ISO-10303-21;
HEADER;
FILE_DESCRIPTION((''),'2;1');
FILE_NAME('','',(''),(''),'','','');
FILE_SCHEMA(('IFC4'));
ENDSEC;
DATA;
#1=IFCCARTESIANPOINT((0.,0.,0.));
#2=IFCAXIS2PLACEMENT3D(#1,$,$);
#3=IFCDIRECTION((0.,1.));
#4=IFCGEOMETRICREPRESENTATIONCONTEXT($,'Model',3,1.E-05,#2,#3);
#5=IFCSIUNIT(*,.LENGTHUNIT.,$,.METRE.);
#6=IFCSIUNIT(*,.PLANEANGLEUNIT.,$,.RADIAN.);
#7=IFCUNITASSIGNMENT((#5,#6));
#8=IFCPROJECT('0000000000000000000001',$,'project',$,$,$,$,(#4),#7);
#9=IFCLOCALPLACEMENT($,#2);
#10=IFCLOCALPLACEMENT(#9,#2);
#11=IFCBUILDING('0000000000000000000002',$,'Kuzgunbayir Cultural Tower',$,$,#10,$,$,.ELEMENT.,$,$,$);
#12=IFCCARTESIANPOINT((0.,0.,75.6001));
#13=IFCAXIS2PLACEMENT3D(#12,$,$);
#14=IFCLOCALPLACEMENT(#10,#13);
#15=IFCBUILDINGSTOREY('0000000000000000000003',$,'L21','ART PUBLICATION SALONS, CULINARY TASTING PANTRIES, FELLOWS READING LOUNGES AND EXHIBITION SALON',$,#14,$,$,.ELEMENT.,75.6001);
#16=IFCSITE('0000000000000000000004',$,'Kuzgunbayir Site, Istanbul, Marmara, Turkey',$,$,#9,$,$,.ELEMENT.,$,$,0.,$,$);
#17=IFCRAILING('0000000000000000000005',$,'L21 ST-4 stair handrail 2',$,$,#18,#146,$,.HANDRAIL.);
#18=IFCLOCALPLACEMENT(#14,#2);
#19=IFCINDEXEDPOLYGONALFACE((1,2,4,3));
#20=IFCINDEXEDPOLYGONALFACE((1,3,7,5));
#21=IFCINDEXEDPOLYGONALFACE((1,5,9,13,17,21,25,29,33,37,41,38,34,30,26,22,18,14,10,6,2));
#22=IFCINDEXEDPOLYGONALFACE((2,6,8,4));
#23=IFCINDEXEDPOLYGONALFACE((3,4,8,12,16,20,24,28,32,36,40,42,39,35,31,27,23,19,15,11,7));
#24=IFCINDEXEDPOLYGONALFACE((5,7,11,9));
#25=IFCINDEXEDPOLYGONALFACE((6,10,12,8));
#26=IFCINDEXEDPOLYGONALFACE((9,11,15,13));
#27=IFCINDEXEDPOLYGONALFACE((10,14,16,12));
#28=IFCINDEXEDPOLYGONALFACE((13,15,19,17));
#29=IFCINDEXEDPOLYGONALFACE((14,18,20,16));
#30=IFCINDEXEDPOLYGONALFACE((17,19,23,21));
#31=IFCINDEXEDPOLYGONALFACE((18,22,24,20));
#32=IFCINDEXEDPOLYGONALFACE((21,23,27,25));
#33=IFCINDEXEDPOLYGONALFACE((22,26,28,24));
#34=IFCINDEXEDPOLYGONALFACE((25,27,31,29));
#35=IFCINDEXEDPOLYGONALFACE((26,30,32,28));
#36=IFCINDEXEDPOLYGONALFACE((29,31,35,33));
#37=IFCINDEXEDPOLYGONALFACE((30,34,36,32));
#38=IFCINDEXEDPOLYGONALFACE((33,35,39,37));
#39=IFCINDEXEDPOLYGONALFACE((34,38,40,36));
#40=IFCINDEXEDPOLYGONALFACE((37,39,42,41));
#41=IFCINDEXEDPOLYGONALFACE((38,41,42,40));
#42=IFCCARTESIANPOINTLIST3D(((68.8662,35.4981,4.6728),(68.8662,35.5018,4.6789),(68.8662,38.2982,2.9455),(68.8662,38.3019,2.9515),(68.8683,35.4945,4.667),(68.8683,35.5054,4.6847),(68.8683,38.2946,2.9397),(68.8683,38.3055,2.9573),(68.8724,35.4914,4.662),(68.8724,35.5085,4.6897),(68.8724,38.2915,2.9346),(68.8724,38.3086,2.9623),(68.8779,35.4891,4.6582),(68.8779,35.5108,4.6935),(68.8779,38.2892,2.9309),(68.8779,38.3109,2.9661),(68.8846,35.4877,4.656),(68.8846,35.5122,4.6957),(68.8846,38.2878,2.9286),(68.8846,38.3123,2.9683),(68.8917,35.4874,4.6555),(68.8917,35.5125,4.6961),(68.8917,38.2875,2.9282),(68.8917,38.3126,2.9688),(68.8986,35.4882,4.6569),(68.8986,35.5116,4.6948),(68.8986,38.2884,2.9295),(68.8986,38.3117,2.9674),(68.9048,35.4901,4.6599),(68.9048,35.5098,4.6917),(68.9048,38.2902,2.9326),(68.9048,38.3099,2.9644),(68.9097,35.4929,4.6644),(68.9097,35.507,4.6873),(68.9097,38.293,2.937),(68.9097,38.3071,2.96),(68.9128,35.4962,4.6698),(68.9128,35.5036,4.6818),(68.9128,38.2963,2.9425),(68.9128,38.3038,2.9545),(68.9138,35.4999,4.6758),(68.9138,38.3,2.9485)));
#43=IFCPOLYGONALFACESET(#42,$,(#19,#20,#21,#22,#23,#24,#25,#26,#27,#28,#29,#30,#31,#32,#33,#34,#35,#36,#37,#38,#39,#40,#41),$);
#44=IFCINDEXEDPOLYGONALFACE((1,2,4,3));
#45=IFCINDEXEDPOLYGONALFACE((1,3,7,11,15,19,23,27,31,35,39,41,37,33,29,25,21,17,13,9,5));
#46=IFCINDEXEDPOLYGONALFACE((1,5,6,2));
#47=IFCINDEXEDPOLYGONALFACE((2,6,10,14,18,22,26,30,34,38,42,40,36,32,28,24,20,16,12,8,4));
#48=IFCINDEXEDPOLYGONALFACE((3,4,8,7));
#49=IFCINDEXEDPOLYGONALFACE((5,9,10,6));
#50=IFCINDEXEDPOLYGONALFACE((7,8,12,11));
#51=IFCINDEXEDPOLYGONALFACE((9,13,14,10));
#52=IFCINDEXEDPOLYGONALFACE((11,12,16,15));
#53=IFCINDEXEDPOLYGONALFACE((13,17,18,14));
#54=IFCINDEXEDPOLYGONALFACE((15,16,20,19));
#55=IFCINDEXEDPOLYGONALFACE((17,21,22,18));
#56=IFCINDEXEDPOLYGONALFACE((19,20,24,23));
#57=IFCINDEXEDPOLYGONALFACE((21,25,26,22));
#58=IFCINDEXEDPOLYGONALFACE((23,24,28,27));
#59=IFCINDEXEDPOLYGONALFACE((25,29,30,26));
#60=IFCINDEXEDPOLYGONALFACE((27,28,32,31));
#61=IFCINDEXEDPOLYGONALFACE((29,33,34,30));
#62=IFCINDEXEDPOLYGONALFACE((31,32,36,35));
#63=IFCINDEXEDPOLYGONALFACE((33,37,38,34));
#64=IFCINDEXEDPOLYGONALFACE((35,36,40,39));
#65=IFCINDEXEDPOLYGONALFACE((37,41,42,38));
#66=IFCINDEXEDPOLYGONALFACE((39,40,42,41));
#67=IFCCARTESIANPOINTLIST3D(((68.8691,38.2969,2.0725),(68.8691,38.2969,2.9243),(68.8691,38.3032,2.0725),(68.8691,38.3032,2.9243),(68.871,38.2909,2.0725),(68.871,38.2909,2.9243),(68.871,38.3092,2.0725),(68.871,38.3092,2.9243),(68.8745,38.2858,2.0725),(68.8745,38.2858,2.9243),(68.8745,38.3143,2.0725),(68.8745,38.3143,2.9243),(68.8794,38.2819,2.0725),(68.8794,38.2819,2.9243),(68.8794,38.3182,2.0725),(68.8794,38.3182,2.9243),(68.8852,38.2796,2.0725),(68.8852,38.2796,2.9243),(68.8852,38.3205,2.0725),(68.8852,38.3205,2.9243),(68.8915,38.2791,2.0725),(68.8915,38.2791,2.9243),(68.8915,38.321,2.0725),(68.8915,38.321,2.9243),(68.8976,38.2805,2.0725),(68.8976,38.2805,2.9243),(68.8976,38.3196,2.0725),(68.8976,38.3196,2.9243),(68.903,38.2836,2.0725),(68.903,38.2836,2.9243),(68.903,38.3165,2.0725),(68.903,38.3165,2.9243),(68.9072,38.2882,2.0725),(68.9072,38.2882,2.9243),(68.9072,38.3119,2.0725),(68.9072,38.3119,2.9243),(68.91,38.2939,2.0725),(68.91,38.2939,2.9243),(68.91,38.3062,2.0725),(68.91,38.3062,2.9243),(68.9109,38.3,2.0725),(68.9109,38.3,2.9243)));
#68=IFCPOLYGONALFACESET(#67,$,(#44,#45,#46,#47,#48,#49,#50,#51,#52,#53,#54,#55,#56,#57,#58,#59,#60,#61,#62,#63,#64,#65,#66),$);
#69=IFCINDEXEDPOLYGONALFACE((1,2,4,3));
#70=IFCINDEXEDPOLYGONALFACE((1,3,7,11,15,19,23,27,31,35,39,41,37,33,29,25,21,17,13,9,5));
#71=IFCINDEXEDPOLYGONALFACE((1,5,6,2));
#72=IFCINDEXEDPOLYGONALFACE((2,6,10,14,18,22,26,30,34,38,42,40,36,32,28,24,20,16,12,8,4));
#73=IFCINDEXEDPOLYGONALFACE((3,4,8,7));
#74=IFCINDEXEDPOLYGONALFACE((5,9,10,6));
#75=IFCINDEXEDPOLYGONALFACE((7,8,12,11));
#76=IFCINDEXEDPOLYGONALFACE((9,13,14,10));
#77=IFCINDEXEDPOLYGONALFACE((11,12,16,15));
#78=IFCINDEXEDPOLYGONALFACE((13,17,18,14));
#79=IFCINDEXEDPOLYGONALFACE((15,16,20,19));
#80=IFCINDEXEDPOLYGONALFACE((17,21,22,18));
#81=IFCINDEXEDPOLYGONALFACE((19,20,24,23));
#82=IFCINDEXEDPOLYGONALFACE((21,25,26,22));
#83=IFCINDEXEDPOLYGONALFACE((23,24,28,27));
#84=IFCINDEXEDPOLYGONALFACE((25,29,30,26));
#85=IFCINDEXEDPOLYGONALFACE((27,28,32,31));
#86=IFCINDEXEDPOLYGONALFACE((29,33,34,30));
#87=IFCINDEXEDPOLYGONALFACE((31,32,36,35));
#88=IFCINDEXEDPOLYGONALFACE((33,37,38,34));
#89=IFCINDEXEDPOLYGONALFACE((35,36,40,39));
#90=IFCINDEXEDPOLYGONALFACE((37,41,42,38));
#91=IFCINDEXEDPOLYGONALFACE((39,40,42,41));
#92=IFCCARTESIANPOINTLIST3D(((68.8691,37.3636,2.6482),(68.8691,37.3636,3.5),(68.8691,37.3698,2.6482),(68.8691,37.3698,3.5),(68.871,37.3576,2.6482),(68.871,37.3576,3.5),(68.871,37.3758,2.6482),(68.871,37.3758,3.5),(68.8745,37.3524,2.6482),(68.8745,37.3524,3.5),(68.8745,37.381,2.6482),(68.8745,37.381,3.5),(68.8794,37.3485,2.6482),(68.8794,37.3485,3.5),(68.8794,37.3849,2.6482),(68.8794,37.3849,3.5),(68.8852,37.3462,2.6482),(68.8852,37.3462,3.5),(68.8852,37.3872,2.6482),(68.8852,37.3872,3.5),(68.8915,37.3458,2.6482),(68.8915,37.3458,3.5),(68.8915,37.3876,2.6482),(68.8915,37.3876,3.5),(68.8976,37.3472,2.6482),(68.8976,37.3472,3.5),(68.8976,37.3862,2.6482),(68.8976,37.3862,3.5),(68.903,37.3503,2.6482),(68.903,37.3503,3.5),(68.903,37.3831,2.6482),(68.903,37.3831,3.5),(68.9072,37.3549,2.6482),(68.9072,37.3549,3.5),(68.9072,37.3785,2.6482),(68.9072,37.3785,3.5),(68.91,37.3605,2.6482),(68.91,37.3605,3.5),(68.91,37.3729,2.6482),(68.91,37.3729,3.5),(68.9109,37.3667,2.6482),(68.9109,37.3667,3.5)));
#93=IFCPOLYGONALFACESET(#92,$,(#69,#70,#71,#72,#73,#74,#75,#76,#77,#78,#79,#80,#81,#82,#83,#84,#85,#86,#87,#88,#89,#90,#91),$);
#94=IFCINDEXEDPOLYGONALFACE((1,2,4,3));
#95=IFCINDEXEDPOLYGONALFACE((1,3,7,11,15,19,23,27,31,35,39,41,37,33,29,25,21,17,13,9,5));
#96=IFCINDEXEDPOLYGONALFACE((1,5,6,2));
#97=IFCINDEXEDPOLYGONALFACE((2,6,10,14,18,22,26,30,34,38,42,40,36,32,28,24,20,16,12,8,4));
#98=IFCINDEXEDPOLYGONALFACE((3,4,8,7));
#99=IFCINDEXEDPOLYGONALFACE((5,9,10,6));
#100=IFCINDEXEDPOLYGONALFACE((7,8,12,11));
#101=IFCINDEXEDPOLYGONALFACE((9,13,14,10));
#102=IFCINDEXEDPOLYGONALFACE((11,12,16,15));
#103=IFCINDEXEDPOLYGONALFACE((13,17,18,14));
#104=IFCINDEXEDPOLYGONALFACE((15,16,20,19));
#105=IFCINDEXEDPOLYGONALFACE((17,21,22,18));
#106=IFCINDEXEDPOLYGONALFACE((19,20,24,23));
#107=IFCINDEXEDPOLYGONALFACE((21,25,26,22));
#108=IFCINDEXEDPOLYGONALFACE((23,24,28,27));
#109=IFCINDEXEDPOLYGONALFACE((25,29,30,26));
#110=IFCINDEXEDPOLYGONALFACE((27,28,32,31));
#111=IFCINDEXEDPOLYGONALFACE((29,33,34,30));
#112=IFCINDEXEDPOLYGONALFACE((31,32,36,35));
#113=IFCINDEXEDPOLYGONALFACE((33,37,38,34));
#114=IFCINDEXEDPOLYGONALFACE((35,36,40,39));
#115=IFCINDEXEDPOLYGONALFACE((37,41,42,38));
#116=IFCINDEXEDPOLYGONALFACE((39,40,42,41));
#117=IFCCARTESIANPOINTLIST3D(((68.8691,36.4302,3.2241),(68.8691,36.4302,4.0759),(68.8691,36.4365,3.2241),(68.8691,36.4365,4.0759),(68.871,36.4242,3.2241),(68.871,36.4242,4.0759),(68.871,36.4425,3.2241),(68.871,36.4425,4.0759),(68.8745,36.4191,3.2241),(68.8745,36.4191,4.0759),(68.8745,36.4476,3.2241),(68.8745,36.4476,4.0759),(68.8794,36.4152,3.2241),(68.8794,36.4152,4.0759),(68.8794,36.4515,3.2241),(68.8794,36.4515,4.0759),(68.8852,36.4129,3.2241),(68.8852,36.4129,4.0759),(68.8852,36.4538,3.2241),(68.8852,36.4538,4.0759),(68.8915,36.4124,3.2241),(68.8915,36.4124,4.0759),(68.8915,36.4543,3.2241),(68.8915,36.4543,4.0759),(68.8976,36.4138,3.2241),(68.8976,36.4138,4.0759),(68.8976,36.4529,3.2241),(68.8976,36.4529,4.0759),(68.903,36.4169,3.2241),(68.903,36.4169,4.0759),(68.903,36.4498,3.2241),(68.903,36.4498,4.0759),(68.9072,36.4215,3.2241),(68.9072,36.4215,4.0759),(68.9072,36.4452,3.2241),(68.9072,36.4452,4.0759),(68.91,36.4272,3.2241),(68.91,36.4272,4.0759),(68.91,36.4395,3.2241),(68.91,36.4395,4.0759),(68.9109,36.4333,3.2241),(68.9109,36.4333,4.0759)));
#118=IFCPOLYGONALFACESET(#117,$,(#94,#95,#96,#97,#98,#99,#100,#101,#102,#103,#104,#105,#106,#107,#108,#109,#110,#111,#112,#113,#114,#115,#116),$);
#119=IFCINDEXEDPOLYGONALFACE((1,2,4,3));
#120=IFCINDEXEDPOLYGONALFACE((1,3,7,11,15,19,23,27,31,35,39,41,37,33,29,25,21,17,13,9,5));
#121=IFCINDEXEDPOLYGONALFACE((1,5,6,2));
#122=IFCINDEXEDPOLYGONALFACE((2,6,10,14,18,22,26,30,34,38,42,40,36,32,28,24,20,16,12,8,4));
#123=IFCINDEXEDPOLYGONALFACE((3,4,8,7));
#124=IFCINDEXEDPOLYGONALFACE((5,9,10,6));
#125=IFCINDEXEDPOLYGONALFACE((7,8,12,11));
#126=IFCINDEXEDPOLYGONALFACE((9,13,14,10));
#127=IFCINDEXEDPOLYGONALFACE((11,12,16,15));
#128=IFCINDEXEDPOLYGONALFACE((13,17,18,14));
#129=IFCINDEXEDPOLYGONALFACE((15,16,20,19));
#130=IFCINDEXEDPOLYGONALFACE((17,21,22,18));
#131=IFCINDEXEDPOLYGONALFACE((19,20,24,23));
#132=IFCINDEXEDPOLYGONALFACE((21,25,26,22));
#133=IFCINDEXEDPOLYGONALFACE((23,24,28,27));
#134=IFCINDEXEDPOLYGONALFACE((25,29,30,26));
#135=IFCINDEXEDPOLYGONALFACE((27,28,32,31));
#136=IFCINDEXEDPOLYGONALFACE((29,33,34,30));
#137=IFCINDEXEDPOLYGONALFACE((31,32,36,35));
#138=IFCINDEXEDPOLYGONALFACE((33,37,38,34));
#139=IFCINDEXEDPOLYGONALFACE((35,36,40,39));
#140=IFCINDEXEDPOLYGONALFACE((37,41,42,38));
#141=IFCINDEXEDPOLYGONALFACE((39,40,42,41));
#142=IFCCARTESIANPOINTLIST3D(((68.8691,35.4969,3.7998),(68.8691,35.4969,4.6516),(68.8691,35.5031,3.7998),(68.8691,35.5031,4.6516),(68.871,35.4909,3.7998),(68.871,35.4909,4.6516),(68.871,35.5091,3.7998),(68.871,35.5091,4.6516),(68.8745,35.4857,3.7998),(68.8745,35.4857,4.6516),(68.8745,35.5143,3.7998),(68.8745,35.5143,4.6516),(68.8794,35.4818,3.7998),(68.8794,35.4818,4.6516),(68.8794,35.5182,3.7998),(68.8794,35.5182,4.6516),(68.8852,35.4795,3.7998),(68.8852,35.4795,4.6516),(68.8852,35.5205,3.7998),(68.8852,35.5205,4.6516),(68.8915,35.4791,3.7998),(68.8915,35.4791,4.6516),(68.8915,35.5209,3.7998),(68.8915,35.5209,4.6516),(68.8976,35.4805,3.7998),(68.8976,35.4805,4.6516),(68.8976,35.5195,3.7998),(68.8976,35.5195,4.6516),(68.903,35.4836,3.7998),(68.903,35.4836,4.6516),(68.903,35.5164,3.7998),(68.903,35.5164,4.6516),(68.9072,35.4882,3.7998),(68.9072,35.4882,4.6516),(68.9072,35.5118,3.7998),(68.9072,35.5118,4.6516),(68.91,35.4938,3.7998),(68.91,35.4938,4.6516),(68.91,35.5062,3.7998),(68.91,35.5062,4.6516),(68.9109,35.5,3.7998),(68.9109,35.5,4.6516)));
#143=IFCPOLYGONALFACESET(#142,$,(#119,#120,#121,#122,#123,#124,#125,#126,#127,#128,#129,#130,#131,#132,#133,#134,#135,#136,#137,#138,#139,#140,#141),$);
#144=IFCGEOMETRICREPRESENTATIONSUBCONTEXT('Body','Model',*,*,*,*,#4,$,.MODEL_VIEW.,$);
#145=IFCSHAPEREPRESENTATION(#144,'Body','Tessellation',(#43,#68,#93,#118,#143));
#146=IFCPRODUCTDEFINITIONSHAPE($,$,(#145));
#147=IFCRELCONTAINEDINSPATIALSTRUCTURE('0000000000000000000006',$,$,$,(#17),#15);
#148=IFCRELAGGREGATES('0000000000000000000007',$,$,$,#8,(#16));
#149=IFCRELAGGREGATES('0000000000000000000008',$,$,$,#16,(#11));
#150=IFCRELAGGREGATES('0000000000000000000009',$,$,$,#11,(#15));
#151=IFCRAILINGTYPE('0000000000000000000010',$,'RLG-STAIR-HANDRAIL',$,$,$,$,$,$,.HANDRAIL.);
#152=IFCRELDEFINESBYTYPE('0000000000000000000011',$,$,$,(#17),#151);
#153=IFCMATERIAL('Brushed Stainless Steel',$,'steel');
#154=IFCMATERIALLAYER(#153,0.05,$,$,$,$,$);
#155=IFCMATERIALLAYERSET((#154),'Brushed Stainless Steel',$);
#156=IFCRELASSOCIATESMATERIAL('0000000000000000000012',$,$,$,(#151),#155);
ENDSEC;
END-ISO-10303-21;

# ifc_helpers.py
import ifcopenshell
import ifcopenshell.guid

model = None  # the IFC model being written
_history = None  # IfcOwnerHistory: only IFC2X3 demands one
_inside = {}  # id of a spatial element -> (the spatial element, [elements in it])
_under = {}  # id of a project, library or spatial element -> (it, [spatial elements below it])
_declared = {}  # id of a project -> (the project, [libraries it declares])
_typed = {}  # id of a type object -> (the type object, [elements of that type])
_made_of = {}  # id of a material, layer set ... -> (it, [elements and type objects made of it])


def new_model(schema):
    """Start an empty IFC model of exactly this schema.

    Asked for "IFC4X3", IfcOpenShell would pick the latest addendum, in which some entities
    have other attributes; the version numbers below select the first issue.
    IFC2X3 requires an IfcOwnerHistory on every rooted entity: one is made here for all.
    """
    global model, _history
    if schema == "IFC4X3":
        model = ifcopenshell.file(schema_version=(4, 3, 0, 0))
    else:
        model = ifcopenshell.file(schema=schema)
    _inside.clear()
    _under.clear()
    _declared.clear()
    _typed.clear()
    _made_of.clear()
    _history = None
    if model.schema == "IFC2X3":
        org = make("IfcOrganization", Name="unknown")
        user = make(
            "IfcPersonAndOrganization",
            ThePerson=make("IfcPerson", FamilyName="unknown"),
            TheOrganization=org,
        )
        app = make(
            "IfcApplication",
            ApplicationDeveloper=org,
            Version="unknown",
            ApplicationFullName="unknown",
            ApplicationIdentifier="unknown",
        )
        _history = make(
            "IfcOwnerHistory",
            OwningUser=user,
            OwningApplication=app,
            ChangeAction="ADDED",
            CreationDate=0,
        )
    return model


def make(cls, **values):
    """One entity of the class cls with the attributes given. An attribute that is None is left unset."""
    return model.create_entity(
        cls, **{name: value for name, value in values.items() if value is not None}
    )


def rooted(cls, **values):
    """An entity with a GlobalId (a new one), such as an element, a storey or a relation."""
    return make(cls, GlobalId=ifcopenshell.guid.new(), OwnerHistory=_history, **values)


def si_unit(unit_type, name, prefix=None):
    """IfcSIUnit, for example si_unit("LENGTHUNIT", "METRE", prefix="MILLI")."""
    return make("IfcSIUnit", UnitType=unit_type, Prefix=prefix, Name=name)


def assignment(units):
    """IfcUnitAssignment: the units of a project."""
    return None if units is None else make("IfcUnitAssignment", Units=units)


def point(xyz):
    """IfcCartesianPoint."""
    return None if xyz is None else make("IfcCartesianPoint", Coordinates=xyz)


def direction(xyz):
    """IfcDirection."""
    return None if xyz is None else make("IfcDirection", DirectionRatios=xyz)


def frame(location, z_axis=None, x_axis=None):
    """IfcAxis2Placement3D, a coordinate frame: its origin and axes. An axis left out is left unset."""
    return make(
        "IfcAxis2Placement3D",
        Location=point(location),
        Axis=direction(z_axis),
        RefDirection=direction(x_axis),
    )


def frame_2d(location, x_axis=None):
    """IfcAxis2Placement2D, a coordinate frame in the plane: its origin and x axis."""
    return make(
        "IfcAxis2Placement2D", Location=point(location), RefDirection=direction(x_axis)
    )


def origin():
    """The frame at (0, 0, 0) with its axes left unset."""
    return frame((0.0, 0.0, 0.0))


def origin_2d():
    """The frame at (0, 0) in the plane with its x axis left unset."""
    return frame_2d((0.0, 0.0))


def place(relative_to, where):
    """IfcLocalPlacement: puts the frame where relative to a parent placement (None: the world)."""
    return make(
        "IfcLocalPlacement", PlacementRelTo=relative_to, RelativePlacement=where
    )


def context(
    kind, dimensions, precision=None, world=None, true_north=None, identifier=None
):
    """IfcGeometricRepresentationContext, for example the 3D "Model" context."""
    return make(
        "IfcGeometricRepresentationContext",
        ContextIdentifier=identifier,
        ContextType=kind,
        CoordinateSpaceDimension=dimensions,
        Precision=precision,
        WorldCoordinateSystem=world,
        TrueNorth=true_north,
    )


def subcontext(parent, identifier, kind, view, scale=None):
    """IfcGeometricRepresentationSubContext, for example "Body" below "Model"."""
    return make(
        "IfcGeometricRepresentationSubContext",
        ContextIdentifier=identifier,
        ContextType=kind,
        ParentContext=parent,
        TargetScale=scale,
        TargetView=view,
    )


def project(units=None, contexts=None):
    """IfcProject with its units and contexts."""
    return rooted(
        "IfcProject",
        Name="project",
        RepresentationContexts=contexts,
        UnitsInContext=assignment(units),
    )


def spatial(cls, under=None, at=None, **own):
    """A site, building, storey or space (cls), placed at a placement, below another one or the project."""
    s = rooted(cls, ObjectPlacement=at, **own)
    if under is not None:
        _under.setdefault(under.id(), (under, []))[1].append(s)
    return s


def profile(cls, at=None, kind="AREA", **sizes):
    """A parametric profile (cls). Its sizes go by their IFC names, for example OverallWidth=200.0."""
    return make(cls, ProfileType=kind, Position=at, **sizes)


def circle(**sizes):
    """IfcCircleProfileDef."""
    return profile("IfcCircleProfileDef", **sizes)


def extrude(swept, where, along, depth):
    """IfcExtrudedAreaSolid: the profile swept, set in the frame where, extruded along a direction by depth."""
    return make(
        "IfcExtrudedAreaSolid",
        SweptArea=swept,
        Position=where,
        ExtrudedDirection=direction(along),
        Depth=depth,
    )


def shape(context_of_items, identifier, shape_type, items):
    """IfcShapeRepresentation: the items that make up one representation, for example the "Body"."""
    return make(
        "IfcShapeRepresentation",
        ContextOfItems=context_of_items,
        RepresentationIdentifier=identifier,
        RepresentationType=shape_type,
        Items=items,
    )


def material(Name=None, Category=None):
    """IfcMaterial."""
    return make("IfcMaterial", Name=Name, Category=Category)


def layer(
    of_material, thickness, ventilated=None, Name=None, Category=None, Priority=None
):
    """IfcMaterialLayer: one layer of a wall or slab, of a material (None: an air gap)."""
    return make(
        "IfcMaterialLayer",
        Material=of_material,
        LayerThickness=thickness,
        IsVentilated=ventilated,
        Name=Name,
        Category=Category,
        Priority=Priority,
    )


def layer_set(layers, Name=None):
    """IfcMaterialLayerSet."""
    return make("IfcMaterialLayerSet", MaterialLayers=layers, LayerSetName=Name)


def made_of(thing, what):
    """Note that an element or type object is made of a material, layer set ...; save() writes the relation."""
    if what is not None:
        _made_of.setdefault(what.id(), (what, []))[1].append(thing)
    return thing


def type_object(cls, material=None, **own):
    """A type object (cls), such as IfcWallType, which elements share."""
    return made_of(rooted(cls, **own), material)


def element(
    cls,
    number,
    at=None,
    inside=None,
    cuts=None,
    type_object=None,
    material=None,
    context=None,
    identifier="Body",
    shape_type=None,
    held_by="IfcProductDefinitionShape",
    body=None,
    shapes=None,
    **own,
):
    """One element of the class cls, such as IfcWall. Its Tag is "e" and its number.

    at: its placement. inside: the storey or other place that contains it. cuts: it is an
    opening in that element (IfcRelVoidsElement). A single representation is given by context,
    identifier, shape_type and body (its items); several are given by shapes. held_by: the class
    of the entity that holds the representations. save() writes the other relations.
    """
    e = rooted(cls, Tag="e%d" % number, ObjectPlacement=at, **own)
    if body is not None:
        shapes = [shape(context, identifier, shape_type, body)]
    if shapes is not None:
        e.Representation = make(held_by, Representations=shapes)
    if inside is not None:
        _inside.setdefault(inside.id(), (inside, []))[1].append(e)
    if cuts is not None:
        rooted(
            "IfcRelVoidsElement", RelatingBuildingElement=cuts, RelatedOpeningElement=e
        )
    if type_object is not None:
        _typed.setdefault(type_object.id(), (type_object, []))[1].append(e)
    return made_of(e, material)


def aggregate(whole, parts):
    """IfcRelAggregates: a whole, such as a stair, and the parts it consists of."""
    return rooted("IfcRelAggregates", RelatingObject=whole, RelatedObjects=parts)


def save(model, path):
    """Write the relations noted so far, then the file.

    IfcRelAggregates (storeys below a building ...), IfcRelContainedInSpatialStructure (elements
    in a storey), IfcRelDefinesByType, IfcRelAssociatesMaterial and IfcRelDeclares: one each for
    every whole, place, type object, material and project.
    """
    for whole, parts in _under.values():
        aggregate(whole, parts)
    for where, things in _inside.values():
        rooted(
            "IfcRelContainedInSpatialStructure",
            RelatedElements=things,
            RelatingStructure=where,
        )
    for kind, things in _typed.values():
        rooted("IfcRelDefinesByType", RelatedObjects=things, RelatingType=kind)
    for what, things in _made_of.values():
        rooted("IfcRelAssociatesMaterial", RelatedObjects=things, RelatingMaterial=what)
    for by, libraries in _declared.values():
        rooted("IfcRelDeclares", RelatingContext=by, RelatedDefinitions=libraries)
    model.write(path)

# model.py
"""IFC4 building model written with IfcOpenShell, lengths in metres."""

from ifc_helpers import new_model, si_unit, direction, frame, origin, origin_2d, place, context, subcontext, project, spatial, circle, extrude, material, layer, layer_set, type_object, element, save


model = new_model("IFC4")

# Units and contexts
model_context = context("Model", 3, precision=1e-05, world=origin(), true_north=direction((0.0, 1.0)))
body_context = subcontext(model_context, "Body", "Model", "MODEL_VIEW")
ifc_project = project(units=[si_unit("LENGTHUNIT", "METRE"), si_unit("PLANEANGLEUNIT", "RADIAN")], contexts=[model_context])

# Site, building, storey
site_placement = place(None, origin())
site = spatial("IfcSite", under=ifc_project, at=site_placement, Name="Kuzgunbayir Site, Istanbul, Marmara, Turkey", CompositionType="ELEMENT", RefElevation=0.0)
building_placement = place(site_placement, origin())
building = spatial("IfcBuilding", under=site, at=building_placement, Name="Kuzgunbayir Cultural Tower", CompositionType="ELEMENT")
storey_placement = place(building_placement, frame((0.0, 0.0, 75.6001)))
storey = spatial("IfcBuildingStorey", under=building, at=storey_placement, Name="L21", Description="ART PUBLICATION SALONS, CULINARY TASTING PANTRIES, FELLOWS READING LOUNGES AND EXHIBITION SALON", CompositionType="ELEMENT", Elevation=75.6001)

# Shared definitions
ifc_material_1 = material(Name="Brushed Stainless Steel", Category="steel")

# Railing
ifc_layer_1 = layer(ifc_material_1, 0.05)
ifc_layer_set_1 = layer_set([ifc_layer_1], Name="Brushed Stainless Steel")
railing_type_1 = type_object("IfcRailingType", Name="RLG-STAIR-HANDRAIL", PredefinedType="HANDRAIL", material=ifc_layer_set_1)
railing_1_placement = place(storey_placement, frame((68.8899, 38.3, 2.0725)))
element("IfcRailing", 1, at=railing_1_placement, inside=storey, type_object=railing_type_1, Name="L21 ST-4 stair handrail 2", PredefinedType="HANDRAIL", context=body_context, shape_type="SweptSolid", body=[
    extrude(circle(Radius=0.0239, at=origin_2d()), frame((0.0, 0.0, 0.876), z_axis=(0.0, -0.85109, 0.52502), x_axis=(1.0, 0.0, 0.0)), (0.0, 0.0, 1.0), 3.29),
    extrude(circle(Radius=0.021, at=origin_2d()), origin(), (0.0, 0.0, 1.0), 0.8518),
    extrude(circle(Radius=0.021, at=origin_2d()), frame((0.0, -0.9333, 0.5757)), (0.0, 0.0, 1.0), 0.8518),
    extrude(circle(Radius=0.021, at=origin_2d()), frame((0.0, -1.8667, 1.1516)), (0.0, 0.0, 1.0), 0.8518),
    extrude(circle(Radius=0.021, at=origin_2d()), frame((0.0, -2.8, 1.7273)), (0.0, 0.0, 1.0), 0.8518),
])

save(model, "model.ifc")
